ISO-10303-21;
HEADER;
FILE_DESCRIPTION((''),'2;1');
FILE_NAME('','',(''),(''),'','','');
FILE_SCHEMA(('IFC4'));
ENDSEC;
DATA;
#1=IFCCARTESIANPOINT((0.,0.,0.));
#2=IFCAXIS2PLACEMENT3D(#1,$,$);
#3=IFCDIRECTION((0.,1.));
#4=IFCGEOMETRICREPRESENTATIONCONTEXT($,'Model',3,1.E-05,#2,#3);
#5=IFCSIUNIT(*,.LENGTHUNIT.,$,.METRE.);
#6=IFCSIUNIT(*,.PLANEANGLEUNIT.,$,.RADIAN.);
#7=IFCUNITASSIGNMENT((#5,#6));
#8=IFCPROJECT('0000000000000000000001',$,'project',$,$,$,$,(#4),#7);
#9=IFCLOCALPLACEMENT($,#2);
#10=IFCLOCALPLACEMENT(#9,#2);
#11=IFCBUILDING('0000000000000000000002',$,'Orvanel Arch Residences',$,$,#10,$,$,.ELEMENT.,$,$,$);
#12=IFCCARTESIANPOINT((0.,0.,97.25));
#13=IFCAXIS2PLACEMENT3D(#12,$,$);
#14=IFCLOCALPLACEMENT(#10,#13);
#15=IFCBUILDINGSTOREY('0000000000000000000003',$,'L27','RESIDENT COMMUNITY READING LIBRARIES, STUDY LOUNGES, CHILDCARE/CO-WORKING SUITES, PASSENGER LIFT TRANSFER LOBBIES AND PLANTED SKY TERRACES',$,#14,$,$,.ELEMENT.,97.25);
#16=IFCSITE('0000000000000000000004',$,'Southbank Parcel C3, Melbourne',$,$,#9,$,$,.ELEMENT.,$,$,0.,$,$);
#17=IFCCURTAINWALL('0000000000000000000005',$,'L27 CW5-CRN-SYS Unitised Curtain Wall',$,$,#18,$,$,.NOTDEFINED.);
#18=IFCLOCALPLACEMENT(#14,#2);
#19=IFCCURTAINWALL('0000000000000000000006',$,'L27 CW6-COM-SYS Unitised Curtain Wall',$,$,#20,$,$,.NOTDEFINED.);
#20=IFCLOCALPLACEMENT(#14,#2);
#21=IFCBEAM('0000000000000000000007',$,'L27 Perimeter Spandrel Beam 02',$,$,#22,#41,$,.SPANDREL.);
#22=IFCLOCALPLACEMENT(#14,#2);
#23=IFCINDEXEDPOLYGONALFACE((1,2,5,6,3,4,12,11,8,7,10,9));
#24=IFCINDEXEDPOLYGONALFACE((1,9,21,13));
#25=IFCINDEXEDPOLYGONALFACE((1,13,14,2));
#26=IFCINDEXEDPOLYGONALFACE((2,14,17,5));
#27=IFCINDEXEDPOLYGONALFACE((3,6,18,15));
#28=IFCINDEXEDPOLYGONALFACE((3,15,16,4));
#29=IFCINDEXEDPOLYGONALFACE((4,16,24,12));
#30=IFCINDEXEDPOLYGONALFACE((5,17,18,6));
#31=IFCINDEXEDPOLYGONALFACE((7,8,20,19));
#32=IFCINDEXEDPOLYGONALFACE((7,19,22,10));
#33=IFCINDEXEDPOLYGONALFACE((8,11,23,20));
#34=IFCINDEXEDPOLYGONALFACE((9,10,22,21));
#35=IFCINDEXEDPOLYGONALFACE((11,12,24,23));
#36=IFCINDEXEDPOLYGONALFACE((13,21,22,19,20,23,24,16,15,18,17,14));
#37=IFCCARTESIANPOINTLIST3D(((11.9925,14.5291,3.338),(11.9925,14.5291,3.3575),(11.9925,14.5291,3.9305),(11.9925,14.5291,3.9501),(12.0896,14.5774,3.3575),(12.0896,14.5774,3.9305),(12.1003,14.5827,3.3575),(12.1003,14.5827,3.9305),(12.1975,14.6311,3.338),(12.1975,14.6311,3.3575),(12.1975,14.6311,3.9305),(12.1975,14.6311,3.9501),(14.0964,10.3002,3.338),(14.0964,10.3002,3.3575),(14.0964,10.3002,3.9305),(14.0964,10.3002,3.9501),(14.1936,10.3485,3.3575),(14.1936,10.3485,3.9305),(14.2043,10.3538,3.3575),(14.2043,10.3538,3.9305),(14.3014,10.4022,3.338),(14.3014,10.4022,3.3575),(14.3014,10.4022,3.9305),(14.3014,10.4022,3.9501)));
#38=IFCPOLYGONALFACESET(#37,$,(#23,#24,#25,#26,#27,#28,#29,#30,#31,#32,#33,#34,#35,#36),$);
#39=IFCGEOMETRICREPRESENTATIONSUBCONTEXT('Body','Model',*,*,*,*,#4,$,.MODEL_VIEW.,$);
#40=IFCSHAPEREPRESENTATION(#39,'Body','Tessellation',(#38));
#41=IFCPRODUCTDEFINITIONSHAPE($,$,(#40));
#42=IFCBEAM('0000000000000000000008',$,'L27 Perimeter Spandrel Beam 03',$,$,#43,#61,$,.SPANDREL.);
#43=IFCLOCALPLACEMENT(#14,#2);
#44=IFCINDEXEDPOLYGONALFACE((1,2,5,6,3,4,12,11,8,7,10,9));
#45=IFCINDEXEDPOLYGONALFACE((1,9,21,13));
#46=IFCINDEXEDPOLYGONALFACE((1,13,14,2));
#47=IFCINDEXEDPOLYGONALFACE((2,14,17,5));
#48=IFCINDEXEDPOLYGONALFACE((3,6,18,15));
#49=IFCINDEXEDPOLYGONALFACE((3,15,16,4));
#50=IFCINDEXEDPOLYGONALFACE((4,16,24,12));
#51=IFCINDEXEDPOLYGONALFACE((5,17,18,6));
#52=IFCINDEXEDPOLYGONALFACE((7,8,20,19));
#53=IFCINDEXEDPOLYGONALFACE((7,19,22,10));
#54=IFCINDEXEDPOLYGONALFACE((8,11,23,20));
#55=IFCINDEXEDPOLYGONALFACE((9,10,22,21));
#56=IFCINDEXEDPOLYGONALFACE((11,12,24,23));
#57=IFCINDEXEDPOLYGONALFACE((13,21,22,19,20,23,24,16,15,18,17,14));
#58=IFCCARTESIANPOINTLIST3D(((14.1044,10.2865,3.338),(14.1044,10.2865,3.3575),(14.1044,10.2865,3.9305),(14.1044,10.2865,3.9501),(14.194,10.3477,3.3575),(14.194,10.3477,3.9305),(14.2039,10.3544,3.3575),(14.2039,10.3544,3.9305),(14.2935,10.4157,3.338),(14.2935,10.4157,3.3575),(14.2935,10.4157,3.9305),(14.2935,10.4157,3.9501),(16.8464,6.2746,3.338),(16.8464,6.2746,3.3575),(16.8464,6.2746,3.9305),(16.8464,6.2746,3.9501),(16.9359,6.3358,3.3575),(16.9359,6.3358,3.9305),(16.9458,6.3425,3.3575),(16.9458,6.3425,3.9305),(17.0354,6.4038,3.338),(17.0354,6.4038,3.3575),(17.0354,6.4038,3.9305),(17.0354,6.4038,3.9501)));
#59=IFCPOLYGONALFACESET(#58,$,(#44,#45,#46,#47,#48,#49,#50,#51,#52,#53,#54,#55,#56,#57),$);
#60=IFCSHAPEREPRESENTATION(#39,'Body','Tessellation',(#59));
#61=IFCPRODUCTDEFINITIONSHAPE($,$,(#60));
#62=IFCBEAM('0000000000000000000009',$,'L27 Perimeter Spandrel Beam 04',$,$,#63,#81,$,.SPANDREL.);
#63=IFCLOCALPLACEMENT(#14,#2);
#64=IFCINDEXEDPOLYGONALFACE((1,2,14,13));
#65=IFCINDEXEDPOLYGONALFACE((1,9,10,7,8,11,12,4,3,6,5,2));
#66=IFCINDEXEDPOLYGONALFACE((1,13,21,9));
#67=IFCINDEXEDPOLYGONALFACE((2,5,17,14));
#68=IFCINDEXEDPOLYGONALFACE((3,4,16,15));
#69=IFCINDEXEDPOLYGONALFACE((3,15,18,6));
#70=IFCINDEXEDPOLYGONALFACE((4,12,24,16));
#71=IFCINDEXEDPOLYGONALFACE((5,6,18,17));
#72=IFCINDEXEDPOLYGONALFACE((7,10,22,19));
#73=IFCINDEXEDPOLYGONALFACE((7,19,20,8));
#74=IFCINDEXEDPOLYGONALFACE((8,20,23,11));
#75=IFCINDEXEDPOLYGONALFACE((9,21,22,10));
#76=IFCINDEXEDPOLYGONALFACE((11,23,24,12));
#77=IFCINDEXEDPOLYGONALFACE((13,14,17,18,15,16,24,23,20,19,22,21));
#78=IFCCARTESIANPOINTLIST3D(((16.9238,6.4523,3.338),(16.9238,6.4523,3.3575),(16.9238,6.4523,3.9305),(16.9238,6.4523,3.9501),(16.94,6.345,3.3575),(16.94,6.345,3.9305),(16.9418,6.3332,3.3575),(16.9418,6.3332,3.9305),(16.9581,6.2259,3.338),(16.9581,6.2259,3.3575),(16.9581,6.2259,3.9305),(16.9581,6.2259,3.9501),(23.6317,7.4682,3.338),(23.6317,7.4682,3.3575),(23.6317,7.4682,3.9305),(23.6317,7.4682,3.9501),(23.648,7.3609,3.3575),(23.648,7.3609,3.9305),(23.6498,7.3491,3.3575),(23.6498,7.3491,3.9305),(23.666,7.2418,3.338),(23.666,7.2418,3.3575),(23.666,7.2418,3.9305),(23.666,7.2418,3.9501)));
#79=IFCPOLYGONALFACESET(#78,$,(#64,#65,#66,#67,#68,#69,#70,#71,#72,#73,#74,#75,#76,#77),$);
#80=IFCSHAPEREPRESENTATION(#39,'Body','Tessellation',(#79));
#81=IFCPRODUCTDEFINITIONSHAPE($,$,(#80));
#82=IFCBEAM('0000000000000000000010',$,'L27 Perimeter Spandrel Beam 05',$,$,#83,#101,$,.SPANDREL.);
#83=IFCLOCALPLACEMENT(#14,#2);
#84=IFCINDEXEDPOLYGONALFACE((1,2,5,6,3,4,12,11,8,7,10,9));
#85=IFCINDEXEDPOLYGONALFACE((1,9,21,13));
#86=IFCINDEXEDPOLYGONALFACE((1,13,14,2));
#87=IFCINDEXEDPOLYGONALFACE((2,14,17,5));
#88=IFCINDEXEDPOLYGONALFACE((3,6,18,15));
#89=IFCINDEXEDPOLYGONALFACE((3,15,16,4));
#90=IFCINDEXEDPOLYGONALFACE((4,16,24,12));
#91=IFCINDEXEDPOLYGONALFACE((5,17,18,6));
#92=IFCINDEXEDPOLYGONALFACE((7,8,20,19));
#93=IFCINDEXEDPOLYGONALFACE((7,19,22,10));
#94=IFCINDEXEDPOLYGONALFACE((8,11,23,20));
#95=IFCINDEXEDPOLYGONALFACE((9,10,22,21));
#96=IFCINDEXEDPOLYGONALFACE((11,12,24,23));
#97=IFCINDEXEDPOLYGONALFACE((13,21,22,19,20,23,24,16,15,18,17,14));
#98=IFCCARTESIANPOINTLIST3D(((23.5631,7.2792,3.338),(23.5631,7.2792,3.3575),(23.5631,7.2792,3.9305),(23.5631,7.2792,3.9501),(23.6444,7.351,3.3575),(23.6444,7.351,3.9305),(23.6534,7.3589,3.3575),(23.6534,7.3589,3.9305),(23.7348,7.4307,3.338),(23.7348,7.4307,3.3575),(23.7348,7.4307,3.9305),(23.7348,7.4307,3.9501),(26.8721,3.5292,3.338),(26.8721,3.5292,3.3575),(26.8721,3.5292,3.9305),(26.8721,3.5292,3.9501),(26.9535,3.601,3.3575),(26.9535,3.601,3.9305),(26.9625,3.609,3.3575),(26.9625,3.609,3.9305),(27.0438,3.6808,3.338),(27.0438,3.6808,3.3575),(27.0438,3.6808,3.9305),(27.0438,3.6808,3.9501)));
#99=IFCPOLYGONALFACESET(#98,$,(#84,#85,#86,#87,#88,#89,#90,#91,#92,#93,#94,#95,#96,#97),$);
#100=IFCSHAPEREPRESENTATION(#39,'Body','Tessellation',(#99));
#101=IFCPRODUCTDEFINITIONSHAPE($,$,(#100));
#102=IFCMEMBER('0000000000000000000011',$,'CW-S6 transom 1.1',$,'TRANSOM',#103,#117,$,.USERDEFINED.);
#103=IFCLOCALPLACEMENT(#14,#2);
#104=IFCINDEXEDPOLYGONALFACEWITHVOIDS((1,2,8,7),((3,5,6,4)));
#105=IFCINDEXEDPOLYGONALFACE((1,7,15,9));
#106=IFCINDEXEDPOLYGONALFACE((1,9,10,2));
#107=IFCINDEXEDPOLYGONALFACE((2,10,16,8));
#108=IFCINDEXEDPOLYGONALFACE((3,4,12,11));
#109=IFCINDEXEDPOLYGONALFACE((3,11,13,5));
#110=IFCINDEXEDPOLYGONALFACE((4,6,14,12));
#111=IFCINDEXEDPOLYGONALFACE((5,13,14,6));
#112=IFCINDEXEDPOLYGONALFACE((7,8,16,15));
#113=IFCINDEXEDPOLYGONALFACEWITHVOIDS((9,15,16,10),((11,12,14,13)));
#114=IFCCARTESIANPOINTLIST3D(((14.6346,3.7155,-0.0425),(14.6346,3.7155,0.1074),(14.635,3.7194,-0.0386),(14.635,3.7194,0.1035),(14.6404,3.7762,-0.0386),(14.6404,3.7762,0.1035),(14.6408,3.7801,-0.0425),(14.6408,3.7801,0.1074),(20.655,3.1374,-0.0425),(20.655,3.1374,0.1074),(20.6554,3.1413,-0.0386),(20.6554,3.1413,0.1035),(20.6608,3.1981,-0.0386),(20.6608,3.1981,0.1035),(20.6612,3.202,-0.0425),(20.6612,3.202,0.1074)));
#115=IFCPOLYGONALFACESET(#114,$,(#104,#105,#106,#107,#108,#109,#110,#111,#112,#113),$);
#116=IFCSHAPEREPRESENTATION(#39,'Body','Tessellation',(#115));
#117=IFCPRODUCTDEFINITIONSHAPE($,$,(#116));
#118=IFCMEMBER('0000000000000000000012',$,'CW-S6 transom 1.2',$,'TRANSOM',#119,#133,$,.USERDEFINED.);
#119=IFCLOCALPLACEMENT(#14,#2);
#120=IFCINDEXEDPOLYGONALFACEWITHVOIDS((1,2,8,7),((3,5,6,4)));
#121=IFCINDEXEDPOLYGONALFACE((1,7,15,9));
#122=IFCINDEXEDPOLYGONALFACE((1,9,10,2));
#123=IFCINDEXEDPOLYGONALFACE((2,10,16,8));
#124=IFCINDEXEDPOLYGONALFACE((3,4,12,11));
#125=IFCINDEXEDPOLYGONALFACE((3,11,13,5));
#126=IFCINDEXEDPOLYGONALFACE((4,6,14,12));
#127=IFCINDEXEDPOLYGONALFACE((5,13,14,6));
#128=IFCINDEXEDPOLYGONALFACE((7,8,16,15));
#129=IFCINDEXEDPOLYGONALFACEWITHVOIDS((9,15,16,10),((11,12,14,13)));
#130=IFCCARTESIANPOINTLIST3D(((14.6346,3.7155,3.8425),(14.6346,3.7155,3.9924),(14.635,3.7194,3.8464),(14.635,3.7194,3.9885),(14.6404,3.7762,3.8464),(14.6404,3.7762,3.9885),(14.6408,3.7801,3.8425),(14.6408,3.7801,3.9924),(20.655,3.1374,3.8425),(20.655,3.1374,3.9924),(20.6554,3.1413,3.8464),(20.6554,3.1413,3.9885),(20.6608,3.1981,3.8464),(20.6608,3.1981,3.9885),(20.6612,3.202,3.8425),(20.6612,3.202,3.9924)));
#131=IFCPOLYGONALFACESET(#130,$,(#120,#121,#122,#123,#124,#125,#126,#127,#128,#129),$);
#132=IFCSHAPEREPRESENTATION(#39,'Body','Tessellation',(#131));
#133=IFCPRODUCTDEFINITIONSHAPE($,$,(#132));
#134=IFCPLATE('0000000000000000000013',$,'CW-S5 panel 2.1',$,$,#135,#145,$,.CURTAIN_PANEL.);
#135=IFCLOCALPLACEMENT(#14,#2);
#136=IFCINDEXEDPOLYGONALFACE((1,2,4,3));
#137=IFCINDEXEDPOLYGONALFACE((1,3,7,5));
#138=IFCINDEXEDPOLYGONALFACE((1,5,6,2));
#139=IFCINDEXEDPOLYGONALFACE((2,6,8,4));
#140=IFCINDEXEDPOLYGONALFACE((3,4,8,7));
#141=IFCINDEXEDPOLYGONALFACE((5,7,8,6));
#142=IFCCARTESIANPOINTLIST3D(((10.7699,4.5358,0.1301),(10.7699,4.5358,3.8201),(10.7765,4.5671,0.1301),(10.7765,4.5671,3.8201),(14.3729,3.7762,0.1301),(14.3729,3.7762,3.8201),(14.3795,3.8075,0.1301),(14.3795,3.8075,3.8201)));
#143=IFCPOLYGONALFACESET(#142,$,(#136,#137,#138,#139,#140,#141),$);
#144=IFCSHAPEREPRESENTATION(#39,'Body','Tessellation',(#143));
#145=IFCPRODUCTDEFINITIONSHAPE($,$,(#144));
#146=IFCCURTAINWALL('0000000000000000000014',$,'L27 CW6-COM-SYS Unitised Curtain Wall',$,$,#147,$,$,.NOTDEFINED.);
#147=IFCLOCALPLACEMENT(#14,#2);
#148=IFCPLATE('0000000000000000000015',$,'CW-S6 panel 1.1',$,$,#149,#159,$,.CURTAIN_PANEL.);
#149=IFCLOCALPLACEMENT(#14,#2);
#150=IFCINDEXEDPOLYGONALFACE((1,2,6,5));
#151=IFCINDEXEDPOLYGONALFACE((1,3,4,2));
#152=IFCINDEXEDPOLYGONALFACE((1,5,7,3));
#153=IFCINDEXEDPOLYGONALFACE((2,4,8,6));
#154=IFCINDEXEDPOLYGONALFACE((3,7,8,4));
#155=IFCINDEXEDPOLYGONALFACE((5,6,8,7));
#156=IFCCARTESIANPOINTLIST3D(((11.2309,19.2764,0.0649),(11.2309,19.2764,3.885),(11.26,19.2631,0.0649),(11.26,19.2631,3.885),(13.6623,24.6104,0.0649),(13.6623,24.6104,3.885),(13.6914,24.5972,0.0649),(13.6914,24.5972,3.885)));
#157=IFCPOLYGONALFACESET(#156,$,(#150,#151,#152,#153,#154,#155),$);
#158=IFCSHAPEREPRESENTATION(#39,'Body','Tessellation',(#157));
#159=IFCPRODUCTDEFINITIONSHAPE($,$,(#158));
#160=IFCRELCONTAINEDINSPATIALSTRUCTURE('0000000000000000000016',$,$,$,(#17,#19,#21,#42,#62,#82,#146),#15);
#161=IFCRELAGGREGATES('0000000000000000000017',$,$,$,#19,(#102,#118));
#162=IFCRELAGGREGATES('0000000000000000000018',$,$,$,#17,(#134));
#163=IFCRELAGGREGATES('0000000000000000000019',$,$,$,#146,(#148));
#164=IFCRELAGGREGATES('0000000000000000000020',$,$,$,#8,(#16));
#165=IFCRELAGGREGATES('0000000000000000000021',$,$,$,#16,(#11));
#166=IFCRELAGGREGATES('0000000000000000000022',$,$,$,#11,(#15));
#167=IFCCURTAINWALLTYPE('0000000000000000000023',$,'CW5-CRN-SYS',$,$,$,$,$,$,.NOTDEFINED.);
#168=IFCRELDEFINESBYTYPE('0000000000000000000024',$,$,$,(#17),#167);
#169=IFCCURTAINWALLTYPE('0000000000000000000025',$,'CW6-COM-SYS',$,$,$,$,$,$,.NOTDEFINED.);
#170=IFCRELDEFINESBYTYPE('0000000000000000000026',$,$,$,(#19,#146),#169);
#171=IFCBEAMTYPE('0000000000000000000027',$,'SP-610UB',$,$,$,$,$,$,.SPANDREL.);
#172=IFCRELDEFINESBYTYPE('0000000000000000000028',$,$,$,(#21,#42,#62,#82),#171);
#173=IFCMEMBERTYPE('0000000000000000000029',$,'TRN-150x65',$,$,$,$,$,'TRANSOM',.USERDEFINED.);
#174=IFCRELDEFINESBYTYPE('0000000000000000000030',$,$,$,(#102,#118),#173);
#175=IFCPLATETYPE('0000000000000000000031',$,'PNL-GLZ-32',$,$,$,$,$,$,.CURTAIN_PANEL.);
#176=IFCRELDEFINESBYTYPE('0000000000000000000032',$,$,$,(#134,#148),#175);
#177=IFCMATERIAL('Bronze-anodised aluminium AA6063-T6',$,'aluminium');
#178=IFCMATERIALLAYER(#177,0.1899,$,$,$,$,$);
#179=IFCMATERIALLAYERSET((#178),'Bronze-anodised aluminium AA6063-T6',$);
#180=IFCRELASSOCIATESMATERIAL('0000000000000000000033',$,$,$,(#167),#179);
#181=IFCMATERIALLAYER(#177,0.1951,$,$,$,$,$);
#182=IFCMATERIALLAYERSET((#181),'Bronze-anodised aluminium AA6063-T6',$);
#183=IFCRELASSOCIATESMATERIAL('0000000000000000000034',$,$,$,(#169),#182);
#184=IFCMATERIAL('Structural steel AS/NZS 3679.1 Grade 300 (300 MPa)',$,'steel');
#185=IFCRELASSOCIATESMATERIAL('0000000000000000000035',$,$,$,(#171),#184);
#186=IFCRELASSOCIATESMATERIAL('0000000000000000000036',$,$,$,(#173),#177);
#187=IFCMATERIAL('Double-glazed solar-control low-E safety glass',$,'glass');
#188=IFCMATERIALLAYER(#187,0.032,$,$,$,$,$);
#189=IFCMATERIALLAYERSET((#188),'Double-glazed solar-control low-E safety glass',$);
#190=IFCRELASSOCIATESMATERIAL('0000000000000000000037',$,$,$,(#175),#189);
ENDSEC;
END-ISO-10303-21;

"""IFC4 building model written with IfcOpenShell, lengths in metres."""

from ifc_helpers import new_model, si_unit, direction, frame, origin, origin_2d, place, context, subcontext, project, spatial, rectangle, hollow_rectangle, i_section, extrude, material, layer, layer_set, material_profile, profile_set, type_object, element, aggregate, save


model = new_model("IFC4")

# Units and contexts
model_context = context("Model", 3, precision=1e-05, world=origin(), true_north=direction((0.0, 1.0)))
body_context = subcontext(model_context, "Body", "Model", "MODEL_VIEW")
ifc_project = project(units=[si_unit("LENGTHUNIT", "METRE"), si_unit("PLANEANGLEUNIT", "RADIAN")], contexts=[model_context])

# Site, building, storey
site_placement = place(None, origin())
site = spatial("IfcSite", under=ifc_project, at=site_placement, Name="Southbank Parcel C3, Melbourne", CompositionType="ELEMENT", RefElevation=0.0)
building_placement = place(site_placement, origin())
building = spatial("IfcBuilding", under=site, at=building_placement, Name="Orvanel Arch Residences", CompositionType="ELEMENT")
storey_placement = place(building_placement, frame((0.0, 0.0, 97.25)))
storey = spatial("IfcBuildingStorey", under=building, at=storey_placement, Name="L27", Description="RESIDENT COMMUNITY READING LIBRARIES, STUDY LOUNGES, CHILDCARE/CO-WORKING SUITES, PASSENGER LIFT TRANSFER LOBBIES AND PLANTED SKY TERRACES", CompositionType="ELEMENT", Elevation=97.25)

# Curtain walls
ifc_material_1 = material(Name="Bronze-anodised aluminium AA6063-T6", Category="aluminium")
ifc_layer_1 = layer(ifc_material_1, 0.1899)
ifc_layer_set_1 = layer_set([ifc_layer_1], Name="Bronze-anodised aluminium AA6063-T6")
curtain_wall_type_1 = type_object("IfcCurtainWallType", Name="CW5-CRN-SYS", PredefinedType="NOTDEFINED", material=ifc_layer_set_1)
curtain_wall_1_placement = place(storey_placement, origin())
curtain_wall_1 = element("IfcCurtainWall", 1, at=curtain_wall_1_placement, inside=storey, type_object=curtain_wall_type_1, Name="L27 CW5-CRN-SYS Unitised Curtain Wall", PredefinedType="NOTDEFINED")
ifc_layer_2 = layer(ifc_material_1, 0.1951)
ifc_layer_set_2 = layer_set([ifc_layer_2], Name="Bronze-anodised aluminium AA6063-T6")
curtain_wall_type_2 = type_object("IfcCurtainWallType", Name="CW6-COM-SYS", PredefinedType="NOTDEFINED", material=ifc_layer_set_2)
curtain_wall_2_placement = place(storey_placement, origin())
curtain_wall_2 = element("IfcCurtainWall", 2, at=curtain_wall_2_placement, inside=storey, type_object=curtain_wall_type_2, Name="L27 CW6-COM-SYS Unitised Curtain Wall", PredefinedType="NOTDEFINED")

# Beams
ifc_material_2 = material(Name="Structural steel AS/NZS 3679.1 Grade 300 (300 MPa)", Category="steel")
ifc_material_profile_1 = material_profile(ifc_material_2, i_section(OverallWidth=0.229, OverallDepth=0.6121, WebThickness=0.012, FlangeThickness=0.0195, at=origin_2d()), Name="610UB125")
ifc_profile_set_1 = profile_set([ifc_material_profile_1], Name="Structural steel AS/NZS 3679.1 Grade 300 (300 MPa)")
beam_type_1 = type_object("IfcBeamType", Name="SP-610UB", PredefinedType="SPANDREL", material=ifc_profile_set_1)
beam_1_placement = place(storey_placement, frame((12.095, 14.5801, 3.644), z_axis=(0.445435, -0.895314, 0.0), x_axis=(0.895314, 0.445435, 0.0)))
element("IfcBeam", 3, at=beam_1_placement, inside=storey, type_object=beam_type_1, Name="L27 Perimeter Spandrel Beam 02", PredefinedType="SPANDREL", context=body_context, shape_type="SweptSolid", body=[
    extrude(i_section(OverallWidth=0.229, OverallDepth=0.6121, WebThickness=0.012, FlangeThickness=0.0195, at=origin_2d()), origin(), (0.0, 0.0, 1.0), 4.7234),
])
beam_2_placement = place(storey_placement, frame((14.199, 10.3511, 3.644), z_axis=(0.564252, -0.825603, 0.0), x_axis=(0.825603, 0.564252, 0.0)))
element("IfcBeam", 4, at=beam_2_placement, inside=storey, type_object=beam_type_1, Name="L27 Perimeter Spandrel Beam 03", PredefinedType="SPANDREL", context=body_context, shape_type="SweptSolid", body=[
    extrude(i_section(OverallWidth=0.229, OverallDepth=0.6121, WebThickness=0.012, FlangeThickness=0.0195, at=origin_2d()), origin(), (0.0, 0.0, 1.0), 4.8594),
])
beam_3_placement = place(storey_placement, frame((16.9409, 6.3391, 3.644), z_axis=(0.988726, 0.149734, 0.0), x_axis=(-0.149734, 0.988726, 0.0)))
element("IfcBeam", 5, at=beam_3_placement, inside=storey, type_object=beam_type_1, Name="L27 Perimeter Spandrel Beam 04", PredefinedType="SPANDREL", context=body_context, shape_type="SweptSolid", body=[
    extrude(i_section(OverallWidth=0.229, OverallDepth=0.6121, WebThickness=0.012, FlangeThickness=0.0195, at=origin_2d()), origin(), (0.0, 0.0, 1.0), 6.7844),
])
beam_4_placement = place(storey_placement, frame((23.6489, 7.355, 3.644), z_axis=(0.661651, -0.749812, 0.0), x_axis=(0.749812, 0.661651, 0.0)))
element("IfcBeam", 6, at=beam_4_placement, inside=storey, type_object=beam_type_1, Name="L27 Perimeter Spandrel Beam 05", PredefinedType="SPANDREL", context=body_context, shape_type="SweptSolid", body=[
    extrude(i_section(OverallWidth=0.229, OverallDepth=0.6121, WebThickness=0.012, FlangeThickness=0.0195, at=origin_2d()), origin(), (0.0, 0.0, 1.0), 5.0012),
])

# Members
ifc_material_profile_2 = material_profile(ifc_material_1, hollow_rectangle(XDim=0.0649, YDim=0.1499, WallThickness=0.0039, at=origin_2d()), Name="ALU150x65x4")
ifc_profile_set_2 = profile_set([ifc_material_profile_2], Name="Bronze-anodised aluminium AA6063-T6")
member_type_1 = type_object("IfcMemberType", Name="TRN-150x65", ElementType="TRANSOM", PredefinedType="USERDEFINED", material=ifc_profile_set_2)
member_1_placement = place(storey_placement, frame((14.6377, 3.7478, 0.0325), z_axis=(0.995421, -0.095586, 0.0), x_axis=(0.095586, 0.995421, 0.0)))
member_1 = element("IfcMember", 7, at=member_1_placement, type_object=member_type_1, Name="CW-S6 transom 1.1", ObjectType="TRANSOM", PredefinedType="USERDEFINED", context=body_context, shape_type="SweptSolid", body=[
    extrude(hollow_rectangle(XDim=0.0649, YDim=0.1499, WallThickness=0.0039, at=origin_2d()), origin(), (0.0, 0.0, 1.0), 6.0481),
])
member_2_placement = place(storey_placement, frame((14.6377, 3.7478, 3.9175), z_axis=(0.995421, -0.095586, 0.0), x_axis=(0.095586, 0.995421, 0.0)))
member_2 = element("IfcMember", 8, at=member_2_placement, type_object=member_type_1, Name="CW-S6 transom 1.2", ObjectType="TRANSOM", PredefinedType="USERDEFINED", context=body_context, shape_type="SweptSolid", body=[
    extrude(hollow_rectangle(XDim=0.0649, YDim=0.1499, WallThickness=0.0039, at=origin_2d()), origin(), (0.0, 0.0, 1.0), 6.0481),
])
aggregate(curtain_wall_2, [member_1, member_2])

# Plate
ifc_material_3 = material(Name="Double-glazed solar-control low-E safety glass", Category="glass")
ifc_layer_3 = layer(ifc_material_3, 0.032)
ifc_layer_set_3 = layer_set([ifc_layer_3], Name="Double-glazed solar-control low-E safety glass")
plate_type = type_object("IfcPlateType", Name="PNL-GLZ-32", PredefinedType="CURTAIN_PANEL", material=ifc_layer_set_3)
plate_1_placement = place(storey_placement, frame((12.5747, 4.1716, 0.1301), z_axis=(0.0, 0.0, 1.0), x_axis=(0.97849, -0.206294, 0.0)))
plate_1 = element("IfcPlate", 9, at=plate_1_placement, type_object=plate_type, Name="CW-S5 panel 2.1", PredefinedType="CURTAIN_PANEL", context=body_context, shape_type="SweptSolid", body=[
    extrude(rectangle(XDim=3.6821, YDim=0.032, at=origin_2d()), origin(), (0.0, 0.0, 1.0), 3.6899),
])
aggregate(curtain_wall_1, [plate_1])

# Curtain wall, plate
curtain_wall_3_placement = place(storey_placement, origin())
curtain_wall_3 = element("IfcCurtainWall", 10, at=curtain_wall_3_placement, inside=storey, type_object=curtain_wall_type_2, Name="L27 CW6-COM-SYS Unitised Curtain Wall", PredefinedType="NOTDEFINED")
plate_2_placement = place(storey_placement, frame((12.4612, 21.9368, 0.0649), z_axis=(0.0, 0.0, 1.0), x_axis=(-0.414765, -0.909928, 0.0)))
plate_2 = element("IfcPlate", 11, at=plate_2_placement, type_object=plate_type, Name="CW-S6 panel 1.1", PredefinedType="CURTAIN_PANEL", context=body_context, shape_type="SweptSolid", body=[
    extrude(rectangle(XDim=5.8621, YDim=0.032, at=origin_2d()), origin(), (0.0, 0.0, 1.0), 3.8201),
])
aggregate(curtain_wall_3, [plate_2])

save(model, "model.ifc")
